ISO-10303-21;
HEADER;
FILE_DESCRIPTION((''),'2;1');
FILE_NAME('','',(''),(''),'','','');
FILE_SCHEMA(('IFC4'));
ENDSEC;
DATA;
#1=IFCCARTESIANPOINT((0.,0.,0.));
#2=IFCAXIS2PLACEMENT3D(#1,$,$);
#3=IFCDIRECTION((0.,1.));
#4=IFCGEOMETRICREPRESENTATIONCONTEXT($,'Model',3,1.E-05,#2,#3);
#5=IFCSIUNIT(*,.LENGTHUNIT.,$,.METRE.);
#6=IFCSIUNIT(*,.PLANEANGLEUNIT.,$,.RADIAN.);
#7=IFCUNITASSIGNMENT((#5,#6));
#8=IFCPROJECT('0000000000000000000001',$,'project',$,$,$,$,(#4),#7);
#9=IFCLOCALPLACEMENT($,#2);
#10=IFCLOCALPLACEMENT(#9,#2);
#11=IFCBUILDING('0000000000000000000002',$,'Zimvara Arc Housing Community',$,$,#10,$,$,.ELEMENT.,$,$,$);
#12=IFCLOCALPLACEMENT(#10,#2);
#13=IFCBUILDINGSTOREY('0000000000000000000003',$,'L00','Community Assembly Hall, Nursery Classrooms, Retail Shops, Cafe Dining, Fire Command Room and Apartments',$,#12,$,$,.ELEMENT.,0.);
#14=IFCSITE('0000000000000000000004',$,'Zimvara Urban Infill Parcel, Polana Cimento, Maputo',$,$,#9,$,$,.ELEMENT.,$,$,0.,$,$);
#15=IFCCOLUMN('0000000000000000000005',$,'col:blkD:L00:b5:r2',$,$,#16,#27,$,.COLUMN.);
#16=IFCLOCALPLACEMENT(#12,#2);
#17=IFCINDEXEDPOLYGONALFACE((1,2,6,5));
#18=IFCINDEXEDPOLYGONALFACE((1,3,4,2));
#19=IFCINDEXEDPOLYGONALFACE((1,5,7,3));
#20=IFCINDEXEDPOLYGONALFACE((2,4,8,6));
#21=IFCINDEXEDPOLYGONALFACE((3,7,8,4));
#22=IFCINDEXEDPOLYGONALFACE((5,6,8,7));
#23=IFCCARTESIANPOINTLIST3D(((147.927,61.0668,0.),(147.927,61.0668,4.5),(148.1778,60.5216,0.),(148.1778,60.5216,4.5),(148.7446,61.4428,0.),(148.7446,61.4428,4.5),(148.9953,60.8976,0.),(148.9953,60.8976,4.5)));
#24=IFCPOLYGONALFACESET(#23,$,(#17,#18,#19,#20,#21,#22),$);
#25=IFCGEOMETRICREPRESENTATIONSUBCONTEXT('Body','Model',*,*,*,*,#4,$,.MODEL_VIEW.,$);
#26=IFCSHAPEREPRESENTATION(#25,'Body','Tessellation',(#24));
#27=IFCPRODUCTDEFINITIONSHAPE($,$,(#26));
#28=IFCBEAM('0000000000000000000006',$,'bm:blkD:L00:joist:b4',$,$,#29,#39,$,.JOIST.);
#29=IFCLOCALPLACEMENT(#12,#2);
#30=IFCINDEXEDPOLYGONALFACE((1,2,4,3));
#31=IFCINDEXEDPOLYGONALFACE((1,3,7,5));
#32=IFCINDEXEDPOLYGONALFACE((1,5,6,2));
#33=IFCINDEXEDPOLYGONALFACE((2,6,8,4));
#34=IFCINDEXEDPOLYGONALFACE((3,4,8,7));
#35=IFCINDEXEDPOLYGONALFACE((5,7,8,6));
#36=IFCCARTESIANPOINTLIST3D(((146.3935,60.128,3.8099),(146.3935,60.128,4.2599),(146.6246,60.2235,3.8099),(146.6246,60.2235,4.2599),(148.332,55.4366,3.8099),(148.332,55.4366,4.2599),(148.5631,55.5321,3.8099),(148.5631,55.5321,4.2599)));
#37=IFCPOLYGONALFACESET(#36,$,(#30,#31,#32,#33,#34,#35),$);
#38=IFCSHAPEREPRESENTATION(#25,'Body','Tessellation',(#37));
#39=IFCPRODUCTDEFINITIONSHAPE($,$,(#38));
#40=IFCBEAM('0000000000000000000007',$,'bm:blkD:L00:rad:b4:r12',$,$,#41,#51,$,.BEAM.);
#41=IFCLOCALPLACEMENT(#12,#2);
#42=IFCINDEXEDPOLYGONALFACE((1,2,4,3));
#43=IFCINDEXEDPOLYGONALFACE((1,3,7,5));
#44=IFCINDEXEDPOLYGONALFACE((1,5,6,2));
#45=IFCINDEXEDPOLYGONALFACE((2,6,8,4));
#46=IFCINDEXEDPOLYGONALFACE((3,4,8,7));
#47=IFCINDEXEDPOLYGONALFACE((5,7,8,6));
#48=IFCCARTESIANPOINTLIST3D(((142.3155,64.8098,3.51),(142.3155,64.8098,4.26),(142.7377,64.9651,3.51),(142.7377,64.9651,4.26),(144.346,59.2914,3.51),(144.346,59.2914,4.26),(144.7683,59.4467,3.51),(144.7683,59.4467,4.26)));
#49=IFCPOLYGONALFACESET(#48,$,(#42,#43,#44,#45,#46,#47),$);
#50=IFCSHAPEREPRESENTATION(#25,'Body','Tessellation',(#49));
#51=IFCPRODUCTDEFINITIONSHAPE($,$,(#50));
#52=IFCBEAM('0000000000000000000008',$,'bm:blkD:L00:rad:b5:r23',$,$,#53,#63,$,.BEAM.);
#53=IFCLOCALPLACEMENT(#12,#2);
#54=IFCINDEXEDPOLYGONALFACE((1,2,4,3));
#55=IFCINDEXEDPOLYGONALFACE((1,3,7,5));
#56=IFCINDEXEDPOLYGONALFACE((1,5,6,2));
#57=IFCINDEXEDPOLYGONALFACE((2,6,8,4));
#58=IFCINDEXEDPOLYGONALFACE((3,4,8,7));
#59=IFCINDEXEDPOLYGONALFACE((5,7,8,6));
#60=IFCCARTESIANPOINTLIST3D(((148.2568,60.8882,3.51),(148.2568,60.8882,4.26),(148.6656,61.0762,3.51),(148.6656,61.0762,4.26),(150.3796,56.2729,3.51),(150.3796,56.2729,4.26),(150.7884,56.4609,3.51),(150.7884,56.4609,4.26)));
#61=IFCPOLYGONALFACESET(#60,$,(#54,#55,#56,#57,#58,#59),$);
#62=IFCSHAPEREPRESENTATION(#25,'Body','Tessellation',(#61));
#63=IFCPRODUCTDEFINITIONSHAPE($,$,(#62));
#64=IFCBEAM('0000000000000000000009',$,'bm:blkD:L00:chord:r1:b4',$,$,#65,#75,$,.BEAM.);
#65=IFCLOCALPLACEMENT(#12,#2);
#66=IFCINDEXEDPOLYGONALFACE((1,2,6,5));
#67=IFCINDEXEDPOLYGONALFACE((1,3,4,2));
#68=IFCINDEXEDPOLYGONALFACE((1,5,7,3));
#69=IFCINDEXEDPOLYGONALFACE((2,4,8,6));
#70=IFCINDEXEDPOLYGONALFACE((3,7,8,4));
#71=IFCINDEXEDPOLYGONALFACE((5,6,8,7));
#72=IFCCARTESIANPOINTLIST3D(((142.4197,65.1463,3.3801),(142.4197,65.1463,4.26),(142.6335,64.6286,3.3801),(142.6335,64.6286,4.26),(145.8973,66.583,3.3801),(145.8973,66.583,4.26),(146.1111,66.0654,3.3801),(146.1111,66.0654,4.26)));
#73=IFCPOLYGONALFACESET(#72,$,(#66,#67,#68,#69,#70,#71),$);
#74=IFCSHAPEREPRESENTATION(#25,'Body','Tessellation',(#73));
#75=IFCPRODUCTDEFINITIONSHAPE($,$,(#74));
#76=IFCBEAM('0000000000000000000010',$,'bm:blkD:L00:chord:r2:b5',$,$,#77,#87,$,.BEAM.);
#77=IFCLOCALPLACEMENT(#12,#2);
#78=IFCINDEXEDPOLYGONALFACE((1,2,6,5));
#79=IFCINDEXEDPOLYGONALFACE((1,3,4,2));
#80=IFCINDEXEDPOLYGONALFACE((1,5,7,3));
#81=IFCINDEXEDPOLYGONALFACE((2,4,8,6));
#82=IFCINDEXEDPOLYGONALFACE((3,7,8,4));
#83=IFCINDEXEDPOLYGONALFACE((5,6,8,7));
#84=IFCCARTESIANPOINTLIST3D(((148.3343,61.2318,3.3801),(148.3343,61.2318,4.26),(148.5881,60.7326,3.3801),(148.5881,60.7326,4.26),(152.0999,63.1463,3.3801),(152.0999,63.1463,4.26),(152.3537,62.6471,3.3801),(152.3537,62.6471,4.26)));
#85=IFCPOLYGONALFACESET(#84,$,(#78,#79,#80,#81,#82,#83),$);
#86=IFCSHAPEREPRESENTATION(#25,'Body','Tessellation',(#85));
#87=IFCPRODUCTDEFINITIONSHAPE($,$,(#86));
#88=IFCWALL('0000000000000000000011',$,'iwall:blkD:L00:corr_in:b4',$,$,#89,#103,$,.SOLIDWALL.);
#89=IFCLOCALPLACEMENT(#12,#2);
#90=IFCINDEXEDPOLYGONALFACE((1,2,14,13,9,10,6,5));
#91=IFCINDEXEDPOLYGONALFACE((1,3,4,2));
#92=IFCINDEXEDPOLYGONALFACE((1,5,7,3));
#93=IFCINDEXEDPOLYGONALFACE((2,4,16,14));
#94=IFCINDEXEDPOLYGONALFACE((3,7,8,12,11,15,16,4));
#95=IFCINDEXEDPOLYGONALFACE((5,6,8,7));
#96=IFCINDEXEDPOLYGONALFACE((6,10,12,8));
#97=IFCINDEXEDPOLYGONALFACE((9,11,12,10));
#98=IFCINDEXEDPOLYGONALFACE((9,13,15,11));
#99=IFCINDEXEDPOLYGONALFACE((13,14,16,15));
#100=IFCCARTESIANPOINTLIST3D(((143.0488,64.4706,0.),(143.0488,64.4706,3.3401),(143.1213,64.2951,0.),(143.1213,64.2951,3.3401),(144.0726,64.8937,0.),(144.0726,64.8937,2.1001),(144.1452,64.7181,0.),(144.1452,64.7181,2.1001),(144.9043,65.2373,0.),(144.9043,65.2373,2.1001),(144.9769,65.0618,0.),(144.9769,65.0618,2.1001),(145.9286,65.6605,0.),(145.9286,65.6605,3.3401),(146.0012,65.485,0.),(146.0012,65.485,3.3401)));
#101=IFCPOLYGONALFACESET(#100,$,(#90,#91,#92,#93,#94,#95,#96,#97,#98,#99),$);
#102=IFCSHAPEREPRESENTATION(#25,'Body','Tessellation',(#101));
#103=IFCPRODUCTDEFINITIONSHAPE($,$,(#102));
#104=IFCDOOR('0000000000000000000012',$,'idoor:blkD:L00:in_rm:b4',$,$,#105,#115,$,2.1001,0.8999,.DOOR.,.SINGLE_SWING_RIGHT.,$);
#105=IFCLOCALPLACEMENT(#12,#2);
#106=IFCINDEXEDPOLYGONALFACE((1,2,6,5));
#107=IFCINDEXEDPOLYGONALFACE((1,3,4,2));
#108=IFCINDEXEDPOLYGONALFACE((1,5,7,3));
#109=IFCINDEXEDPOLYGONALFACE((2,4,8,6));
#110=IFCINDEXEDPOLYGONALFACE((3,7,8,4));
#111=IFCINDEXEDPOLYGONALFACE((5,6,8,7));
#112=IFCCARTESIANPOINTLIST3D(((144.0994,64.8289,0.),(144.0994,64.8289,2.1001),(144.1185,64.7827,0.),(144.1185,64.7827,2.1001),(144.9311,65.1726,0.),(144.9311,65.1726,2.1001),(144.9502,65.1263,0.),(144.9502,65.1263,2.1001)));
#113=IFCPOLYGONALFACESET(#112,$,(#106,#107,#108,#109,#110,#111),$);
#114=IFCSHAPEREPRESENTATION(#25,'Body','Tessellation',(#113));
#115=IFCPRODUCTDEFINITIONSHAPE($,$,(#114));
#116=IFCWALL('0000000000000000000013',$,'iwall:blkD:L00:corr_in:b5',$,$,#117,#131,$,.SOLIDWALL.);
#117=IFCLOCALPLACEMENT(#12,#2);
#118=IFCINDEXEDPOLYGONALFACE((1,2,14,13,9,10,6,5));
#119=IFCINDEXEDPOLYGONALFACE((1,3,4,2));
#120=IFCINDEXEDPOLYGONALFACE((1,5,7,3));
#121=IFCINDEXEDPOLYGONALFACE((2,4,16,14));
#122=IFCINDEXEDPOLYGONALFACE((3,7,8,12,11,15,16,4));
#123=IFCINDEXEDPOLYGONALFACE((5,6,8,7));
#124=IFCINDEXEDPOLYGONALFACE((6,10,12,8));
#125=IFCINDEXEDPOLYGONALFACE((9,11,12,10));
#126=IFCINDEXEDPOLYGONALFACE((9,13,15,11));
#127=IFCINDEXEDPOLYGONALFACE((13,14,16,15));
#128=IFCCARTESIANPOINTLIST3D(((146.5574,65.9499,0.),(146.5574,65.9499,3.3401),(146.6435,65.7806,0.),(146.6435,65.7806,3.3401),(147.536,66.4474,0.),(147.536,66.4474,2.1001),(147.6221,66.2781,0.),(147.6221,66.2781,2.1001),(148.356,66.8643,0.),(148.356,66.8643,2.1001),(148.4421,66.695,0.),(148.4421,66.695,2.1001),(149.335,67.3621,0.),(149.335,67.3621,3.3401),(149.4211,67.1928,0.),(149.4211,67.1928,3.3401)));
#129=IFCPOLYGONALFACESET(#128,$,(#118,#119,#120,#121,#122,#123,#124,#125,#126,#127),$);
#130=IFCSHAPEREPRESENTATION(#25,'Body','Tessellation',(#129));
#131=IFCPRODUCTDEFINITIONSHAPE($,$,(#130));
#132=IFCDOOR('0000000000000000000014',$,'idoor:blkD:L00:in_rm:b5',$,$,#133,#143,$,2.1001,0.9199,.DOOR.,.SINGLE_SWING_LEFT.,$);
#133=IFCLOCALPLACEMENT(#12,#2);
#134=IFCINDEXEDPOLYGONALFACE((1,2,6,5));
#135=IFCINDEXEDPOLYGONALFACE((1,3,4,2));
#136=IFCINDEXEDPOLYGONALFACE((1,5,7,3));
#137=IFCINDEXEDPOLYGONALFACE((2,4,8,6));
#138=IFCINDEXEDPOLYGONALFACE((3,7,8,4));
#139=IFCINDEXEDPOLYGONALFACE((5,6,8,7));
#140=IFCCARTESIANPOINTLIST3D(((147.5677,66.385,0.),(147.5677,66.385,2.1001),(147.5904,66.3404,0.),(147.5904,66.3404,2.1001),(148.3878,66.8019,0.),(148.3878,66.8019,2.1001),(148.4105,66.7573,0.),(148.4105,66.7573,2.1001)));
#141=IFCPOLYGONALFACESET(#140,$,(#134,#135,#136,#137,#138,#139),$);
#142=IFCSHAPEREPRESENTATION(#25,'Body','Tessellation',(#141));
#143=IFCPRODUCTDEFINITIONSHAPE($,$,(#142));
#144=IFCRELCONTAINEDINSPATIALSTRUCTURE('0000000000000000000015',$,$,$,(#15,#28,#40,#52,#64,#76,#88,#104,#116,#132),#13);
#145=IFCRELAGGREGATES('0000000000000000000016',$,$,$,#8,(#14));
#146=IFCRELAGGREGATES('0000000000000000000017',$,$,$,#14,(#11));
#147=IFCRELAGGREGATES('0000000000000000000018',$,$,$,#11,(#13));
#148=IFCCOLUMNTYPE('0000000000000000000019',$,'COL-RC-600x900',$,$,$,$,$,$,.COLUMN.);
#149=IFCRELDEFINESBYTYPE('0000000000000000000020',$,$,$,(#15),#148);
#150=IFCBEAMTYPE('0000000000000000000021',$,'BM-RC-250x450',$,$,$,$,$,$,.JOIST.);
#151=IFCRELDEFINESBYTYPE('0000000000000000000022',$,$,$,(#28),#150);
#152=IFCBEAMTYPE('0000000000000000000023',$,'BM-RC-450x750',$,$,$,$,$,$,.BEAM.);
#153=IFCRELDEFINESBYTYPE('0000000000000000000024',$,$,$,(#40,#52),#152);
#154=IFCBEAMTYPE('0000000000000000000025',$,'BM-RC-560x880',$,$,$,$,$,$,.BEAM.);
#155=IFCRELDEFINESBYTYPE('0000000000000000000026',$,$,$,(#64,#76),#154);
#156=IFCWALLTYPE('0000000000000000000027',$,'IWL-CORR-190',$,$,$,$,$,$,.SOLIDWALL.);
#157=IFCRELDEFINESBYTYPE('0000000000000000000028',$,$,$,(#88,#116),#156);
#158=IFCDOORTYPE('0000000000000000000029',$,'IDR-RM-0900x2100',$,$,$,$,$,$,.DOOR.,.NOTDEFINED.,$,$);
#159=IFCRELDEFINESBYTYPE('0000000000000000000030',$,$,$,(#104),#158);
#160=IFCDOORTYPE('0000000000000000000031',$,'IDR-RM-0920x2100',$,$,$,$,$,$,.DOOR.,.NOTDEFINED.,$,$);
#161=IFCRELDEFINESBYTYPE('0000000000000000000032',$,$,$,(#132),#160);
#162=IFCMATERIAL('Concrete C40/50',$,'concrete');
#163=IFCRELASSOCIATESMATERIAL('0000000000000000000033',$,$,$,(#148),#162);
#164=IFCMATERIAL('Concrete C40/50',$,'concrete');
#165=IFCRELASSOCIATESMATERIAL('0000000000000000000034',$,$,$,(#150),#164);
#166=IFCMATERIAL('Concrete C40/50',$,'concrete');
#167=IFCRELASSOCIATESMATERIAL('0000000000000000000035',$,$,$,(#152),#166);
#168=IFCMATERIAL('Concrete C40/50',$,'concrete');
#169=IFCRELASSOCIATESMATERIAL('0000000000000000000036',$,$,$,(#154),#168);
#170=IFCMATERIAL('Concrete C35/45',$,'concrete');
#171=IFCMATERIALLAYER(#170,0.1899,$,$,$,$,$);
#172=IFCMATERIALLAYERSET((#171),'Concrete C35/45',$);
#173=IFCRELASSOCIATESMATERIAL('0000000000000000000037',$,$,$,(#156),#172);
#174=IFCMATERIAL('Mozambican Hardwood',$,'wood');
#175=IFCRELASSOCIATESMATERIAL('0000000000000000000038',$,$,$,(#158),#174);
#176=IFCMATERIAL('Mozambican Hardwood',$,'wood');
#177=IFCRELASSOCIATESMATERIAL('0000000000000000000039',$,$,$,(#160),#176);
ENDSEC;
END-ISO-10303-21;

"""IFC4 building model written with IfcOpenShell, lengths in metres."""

from ifc_helpers import new_model, si_unit, direction, frame, frame_2d, origin, origin_2d, place, context, subcontext, project, spatial, rectangle, extrude, material, layer, layer_set, material_profile, profile_set, type_object, element, fill, save


model = new_model("IFC4")

# Units and contexts
model_context = context("Model", 3, precision=1e-05, world=origin(), true_north=direction((0.0, 1.0)))
body_context = subcontext(model_context, "Body", "Model", "MODEL_VIEW")
ifc_project = project(units=[si_unit("LENGTHUNIT", "METRE"), si_unit("PLANEANGLEUNIT", "RADIAN")], contexts=[model_context])

# Site, building, storey
site_placement = place(None, origin())
site = spatial("IfcSite", under=ifc_project, at=site_placement, Name="Zimvara Urban Infill Parcel, Polana Cimento, Maputo", CompositionType="ELEMENT", RefElevation=0.0)
building_placement = place(site_placement, origin())
building = spatial("IfcBuilding", under=site, at=building_placement, Name="Zimvara Arc Housing Community", CompositionType="ELEMENT")
storey_placement = place(building_placement, origin())
storey = spatial("IfcBuildingStorey", under=building, at=storey_placement, Name="L00", Description="Community Assembly Hall, Nursery Classrooms, Retail Shops, Cafe Dining, Fire Command Room and Apartments", CompositionType="ELEMENT", Elevation=0.0)

# Column
ifc_material_1 = material(Name="Concrete C40/50", Category="concrete")
ifc_material_profile_1 = material_profile(ifc_material_1, rectangle(XDim=0.6001, YDim=0.8999, at=origin_2d()), Name="RC 600x900")
ifc_profile_set_1 = profile_set([ifc_material_profile_1], Name="Concrete C40/50")
column_type = type_object("IfcColumnType", Name="COL-RC-600x900", PredefinedType="COLUMN", material=ifc_profile_set_1)
column_placement = place(storey_placement, frame((148.4612, 60.9822, 0.0), z_axis=(0.0, 0.0, 1.0), x_axis=(0.417867, -0.908508, 0.0)))
element("IfcColumn", 1, at=column_placement, inside=storey, type_object=column_type, Name="col:blkD:L00:b5:r2", PredefinedType="COLUMN", context=body_context, shape_type="SweptSolid", body=[
    extrude(rectangle(XDim=0.6001, YDim=0.8999, at=origin_2d()), origin(), (0.0, 0.0, 1.0), 4.5),
])

# Beams
ifc_material_2 = material(Name="Concrete C40/50", Category="concrete")
ifc_material_profile_2 = material_profile(ifc_material_2, rectangle(XDim=0.25, YDim=0.45, at=origin_2d()), Name="RC 250x450")
ifc_profile_set_2 = profile_set([ifc_material_profile_2], Name="Concrete C40/50")
beam_type_1 = type_object("IfcBeamType", Name="BM-RC-250x450", PredefinedType="JOIST", material=ifc_profile_set_2)
beam_1_placement = place(storey_placement, frame((146.509, 60.1758, 4.0349), z_axis=(0.381882, -0.924211, 0.0), x_axis=(0.924211, 0.381882, 0.0)))
element("IfcBeam", 2, at=beam_1_placement, inside=storey, type_object=beam_type_1, Name="bm:blkD:L00:joist:b4", PredefinedType="JOIST", context=body_context, shape_type="SweptSolid", body=[
    extrude(rectangle(XDim=0.25, YDim=0.45, at=origin_2d()), origin(), (0.0, 0.0, 1.0), 5.0762),
])
ifc_material_3 = material(Name="Concrete C40/50", Category="concrete")
ifc_material_profile_3 = material_profile(ifc_material_3, rectangle(XDim=0.45, YDim=0.75, at=origin_2d()), Name="RC 450x750")
ifc_profile_set_3 = profile_set([ifc_material_profile_3], Name="Concrete C40/50")
beam_type_2 = type_object("IfcBeamType", Name="BM-RC-450x750", PredefinedType="BEAM", material=ifc_profile_set_3)
beam_2_placement = place(storey_placement, frame((142.5266, 64.8875, 3.885), z_axis=(0.345324, -0.938483, 0.0), x_axis=(0.938483, 0.345324, 0.0)))
element("IfcBeam", 3, at=beam_2_placement, inside=storey, type_object=beam_type_2, Name="bm:blkD:L00:rad:b4:r12", PredefinedType="BEAM", context=body_context, shape_type="SweptSolid", body=[
    extrude(rectangle(XDim=0.45, YDim=0.75, at=origin_2d()), origin(), (0.0, 0.0, 1.0), 5.8801),
])
beam_3_placement = place(storey_placement, frame((148.4612, 60.9822, 3.885), z_axis=(0.417872, -0.908506, 0.0), x_axis=(0.908506, 0.417872, 0.0)))
element("IfcBeam", 4, at=beam_3_placement, inside=storey, type_object=beam_type_2, Name="bm:blkD:L00:rad:b5:r23", PredefinedType="BEAM", context=body_context, shape_type="SweptSolid", body=[
    extrude(rectangle(XDim=0.45, YDim=0.75, at=origin_2d()), origin(), (0.0, 0.0, 1.0), 5.0801),
])
ifc_material_4 = material(Name="Concrete C40/50", Category="concrete")
ifc_material_profile_4 = material_profile(ifc_material_4, rectangle(XDim=0.5601, YDim=0.8799, at=origin_2d()), Name="RC 560x880")
ifc_profile_set_4 = profile_set([ifc_material_profile_4], Name="Concrete C40/50")
beam_type_3 = type_object("IfcBeamType", Name="BM-RC-560x880", PredefinedType="BEAM", material=ifc_profile_set_4)
beam_4_placement = place(storey_placement, frame((142.5266, 64.8875, 3.8201), z_axis=(0.924225, 0.381849, 0.0), x_axis=(-0.381849, 0.924225, 0.0)))
element("IfcBeam", 5, at=beam_4_placement, inside=storey, type_object=beam_type_3, Name="bm:blkD:L00:chord:r1:b4", PredefinedType="BEAM", context=body_context, shape_type="SweptSolid", body=[
    extrude(rectangle(XDim=0.5601, YDim=0.8799, at=origin_2d()), origin(), (0.0, 0.0, 1.0), 3.7627),
])
beam_5_placement = place(storey_placement, frame((148.4612, 60.9822, 3.8201), z_axis=(0.891402, 0.453214, 0.0), x_axis=(-0.453214, 0.891402, 0.0)))
element("IfcBeam", 6, at=beam_5_placement, inside=storey, type_object=beam_type_3, Name="bm:blkD:L00:chord:r2:b5", PredefinedType="BEAM", context=body_context, shape_type="SweptSolid", body=[
    extrude(rectangle(XDim=0.5601, YDim=0.8799, at=origin_2d()), origin(), (0.0, 0.0, 1.0), 4.2244),
])

# Walls, openings, doors
ifc_material_5 = material(Name="Concrete C35/45", Category="concrete")
ifc_layer_1 = layer(ifc_material_5, 0.1899)
ifc_layer_set_1 = layer_set([ifc_layer_1], Name="Concrete C35/45")
wall_type_1 = type_object("IfcWallType", Name="IWL-CORR-190", PredefinedType="SOLIDWALL", material=ifc_layer_set_1)
wall_1_placement = place(storey_placement, frame((143.085, 64.3828, 0.0), z_axis=(0.0, 0.0, 1.0), x_axis=(0.924213, 0.381877, 0.0)))
wall_1 = element("IfcWall", 7, at=wall_1_placement, inside=storey, type_object=wall_type_1, Name="iwall:blkD:L00:corr_in:b4", PredefinedType="SOLIDWALL", context=body_context, shape_type="SweptSolid", body=[
    extrude(rectangle(XDim=3.116, YDim=0.1899, at=frame_2d((1.5581, 0.0))), origin(), (0.0, 0.0, 1.0), 3.3401),
])
opening_1_placement = place(wall_1_placement, frame((1.1079, 0.0, 0.0)))
opening_1 = element("IfcOpeningElement", 8, at=opening_1_placement, cuts=wall_1, PredefinedType="OPENING", context=body_context, shape_type="SweptSolid", body=[
    extrude(rectangle(XDim=0.8999, YDim=2.1001, at=frame_2d((0.45, 1.05))), frame((0.0, 0.105, 0.0), z_axis=(0.0, -1.0, 0.0), x_axis=(1.0, 0.0, 0.0)), (0.0, 0.0, 1.0), 0.21),
])
ifc_material_6 = material(Name="Mozambican Hardwood", Category="wood")
door_type_1 = type_object("IfcDoorType", Name="IDR-RM-0900x2100", OperationType="NOTDEFINED", PredefinedType="DOOR", material=ifc_material_6)
door_1_placement = place(opening_1_placement, origin())
door_1 = element("IfcDoor", 9, at=door_1_placement, inside=storey, type_object=door_type_1, Name="idoor:blkD:L00:in_rm:b4", OperationType="SINGLE_SWING_RIGHT", OverallHeight=2.1001, OverallWidth=0.8999, PredefinedType="DOOR", context=body_context, shape_type="SweptSolid", body=[
    extrude(rectangle(XDim=0.8999, YDim=2.1001, at=frame_2d((0.45, 1.05))), frame((0.0, 0.0249, 0.0), z_axis=(0.0, -1.0, 0.0), x_axis=(1.0, 0.0, 0.0)), (0.0, 0.0, 1.0), 0.05),
])
fill(opening_1, door_1)
wall_2_placement = place(storey_placement, frame((146.6003, 65.8652, 0.0), z_axis=(0.0, 0.0, 1.0), x_axis=(0.891414, 0.45319, 0.0)))
wall_2 = element("IfcWall", 10, at=wall_2_placement, inside=storey, type_object=wall_type_1, Name="iwall:blkD:L00:corr_in:b5", PredefinedType="SOLIDWALL", context=body_context, shape_type="SweptSolid", body=[
    extrude(rectangle(XDim=3.116, YDim=0.1899, at=frame_2d((1.5581, 0.0))), origin(), (0.0, 0.0, 1.0), 3.3401),
])
opening_2_placement = place(wall_2_placement, frame((1.0979, 0.0, 0.0)))
opening_2 = element("IfcOpeningElement", 11, at=opening_2_placement, cuts=wall_2, PredefinedType="OPENING", context=body_context, shape_type="SweptSolid", body=[
    extrude(rectangle(XDim=0.9199, YDim=2.1001, at=frame_2d((0.46, 1.05))), frame((0.0, 0.105, 0.0), z_axis=(0.0, -1.0, 0.0), x_axis=(1.0, 0.0, 0.0)), (0.0, 0.0, 1.0), 0.21),
])
ifc_material_7 = material(Name="Mozambican Hardwood", Category="wood")
door_type_2 = type_object("IfcDoorType", Name="IDR-RM-0920x2100", OperationType="NOTDEFINED", PredefinedType="DOOR", material=ifc_material_7)
door_2_placement = place(opening_2_placement, origin())
door_2 = element("IfcDoor", 12, at=door_2_placement, inside=storey, type_object=door_type_2, Name="idoor:blkD:L00:in_rm:b5", OperationType="SINGLE_SWING_LEFT", OverallHeight=2.1001, OverallWidth=0.9199, PredefinedType="DOOR", context=body_context, shape_type="SweptSolid", body=[
    extrude(rectangle(XDim=0.9199, YDim=2.1001, at=frame_2d((0.46, 1.05))), frame((0.0, 0.0249, 0.0), z_axis=(0.0, -1.0, 0.0), x_axis=(1.0, 0.0, 0.0)), (0.0, 0.0, 1.0), 0.05),
])
fill(opening_2, door_2)

save(model, "model.ifc")
